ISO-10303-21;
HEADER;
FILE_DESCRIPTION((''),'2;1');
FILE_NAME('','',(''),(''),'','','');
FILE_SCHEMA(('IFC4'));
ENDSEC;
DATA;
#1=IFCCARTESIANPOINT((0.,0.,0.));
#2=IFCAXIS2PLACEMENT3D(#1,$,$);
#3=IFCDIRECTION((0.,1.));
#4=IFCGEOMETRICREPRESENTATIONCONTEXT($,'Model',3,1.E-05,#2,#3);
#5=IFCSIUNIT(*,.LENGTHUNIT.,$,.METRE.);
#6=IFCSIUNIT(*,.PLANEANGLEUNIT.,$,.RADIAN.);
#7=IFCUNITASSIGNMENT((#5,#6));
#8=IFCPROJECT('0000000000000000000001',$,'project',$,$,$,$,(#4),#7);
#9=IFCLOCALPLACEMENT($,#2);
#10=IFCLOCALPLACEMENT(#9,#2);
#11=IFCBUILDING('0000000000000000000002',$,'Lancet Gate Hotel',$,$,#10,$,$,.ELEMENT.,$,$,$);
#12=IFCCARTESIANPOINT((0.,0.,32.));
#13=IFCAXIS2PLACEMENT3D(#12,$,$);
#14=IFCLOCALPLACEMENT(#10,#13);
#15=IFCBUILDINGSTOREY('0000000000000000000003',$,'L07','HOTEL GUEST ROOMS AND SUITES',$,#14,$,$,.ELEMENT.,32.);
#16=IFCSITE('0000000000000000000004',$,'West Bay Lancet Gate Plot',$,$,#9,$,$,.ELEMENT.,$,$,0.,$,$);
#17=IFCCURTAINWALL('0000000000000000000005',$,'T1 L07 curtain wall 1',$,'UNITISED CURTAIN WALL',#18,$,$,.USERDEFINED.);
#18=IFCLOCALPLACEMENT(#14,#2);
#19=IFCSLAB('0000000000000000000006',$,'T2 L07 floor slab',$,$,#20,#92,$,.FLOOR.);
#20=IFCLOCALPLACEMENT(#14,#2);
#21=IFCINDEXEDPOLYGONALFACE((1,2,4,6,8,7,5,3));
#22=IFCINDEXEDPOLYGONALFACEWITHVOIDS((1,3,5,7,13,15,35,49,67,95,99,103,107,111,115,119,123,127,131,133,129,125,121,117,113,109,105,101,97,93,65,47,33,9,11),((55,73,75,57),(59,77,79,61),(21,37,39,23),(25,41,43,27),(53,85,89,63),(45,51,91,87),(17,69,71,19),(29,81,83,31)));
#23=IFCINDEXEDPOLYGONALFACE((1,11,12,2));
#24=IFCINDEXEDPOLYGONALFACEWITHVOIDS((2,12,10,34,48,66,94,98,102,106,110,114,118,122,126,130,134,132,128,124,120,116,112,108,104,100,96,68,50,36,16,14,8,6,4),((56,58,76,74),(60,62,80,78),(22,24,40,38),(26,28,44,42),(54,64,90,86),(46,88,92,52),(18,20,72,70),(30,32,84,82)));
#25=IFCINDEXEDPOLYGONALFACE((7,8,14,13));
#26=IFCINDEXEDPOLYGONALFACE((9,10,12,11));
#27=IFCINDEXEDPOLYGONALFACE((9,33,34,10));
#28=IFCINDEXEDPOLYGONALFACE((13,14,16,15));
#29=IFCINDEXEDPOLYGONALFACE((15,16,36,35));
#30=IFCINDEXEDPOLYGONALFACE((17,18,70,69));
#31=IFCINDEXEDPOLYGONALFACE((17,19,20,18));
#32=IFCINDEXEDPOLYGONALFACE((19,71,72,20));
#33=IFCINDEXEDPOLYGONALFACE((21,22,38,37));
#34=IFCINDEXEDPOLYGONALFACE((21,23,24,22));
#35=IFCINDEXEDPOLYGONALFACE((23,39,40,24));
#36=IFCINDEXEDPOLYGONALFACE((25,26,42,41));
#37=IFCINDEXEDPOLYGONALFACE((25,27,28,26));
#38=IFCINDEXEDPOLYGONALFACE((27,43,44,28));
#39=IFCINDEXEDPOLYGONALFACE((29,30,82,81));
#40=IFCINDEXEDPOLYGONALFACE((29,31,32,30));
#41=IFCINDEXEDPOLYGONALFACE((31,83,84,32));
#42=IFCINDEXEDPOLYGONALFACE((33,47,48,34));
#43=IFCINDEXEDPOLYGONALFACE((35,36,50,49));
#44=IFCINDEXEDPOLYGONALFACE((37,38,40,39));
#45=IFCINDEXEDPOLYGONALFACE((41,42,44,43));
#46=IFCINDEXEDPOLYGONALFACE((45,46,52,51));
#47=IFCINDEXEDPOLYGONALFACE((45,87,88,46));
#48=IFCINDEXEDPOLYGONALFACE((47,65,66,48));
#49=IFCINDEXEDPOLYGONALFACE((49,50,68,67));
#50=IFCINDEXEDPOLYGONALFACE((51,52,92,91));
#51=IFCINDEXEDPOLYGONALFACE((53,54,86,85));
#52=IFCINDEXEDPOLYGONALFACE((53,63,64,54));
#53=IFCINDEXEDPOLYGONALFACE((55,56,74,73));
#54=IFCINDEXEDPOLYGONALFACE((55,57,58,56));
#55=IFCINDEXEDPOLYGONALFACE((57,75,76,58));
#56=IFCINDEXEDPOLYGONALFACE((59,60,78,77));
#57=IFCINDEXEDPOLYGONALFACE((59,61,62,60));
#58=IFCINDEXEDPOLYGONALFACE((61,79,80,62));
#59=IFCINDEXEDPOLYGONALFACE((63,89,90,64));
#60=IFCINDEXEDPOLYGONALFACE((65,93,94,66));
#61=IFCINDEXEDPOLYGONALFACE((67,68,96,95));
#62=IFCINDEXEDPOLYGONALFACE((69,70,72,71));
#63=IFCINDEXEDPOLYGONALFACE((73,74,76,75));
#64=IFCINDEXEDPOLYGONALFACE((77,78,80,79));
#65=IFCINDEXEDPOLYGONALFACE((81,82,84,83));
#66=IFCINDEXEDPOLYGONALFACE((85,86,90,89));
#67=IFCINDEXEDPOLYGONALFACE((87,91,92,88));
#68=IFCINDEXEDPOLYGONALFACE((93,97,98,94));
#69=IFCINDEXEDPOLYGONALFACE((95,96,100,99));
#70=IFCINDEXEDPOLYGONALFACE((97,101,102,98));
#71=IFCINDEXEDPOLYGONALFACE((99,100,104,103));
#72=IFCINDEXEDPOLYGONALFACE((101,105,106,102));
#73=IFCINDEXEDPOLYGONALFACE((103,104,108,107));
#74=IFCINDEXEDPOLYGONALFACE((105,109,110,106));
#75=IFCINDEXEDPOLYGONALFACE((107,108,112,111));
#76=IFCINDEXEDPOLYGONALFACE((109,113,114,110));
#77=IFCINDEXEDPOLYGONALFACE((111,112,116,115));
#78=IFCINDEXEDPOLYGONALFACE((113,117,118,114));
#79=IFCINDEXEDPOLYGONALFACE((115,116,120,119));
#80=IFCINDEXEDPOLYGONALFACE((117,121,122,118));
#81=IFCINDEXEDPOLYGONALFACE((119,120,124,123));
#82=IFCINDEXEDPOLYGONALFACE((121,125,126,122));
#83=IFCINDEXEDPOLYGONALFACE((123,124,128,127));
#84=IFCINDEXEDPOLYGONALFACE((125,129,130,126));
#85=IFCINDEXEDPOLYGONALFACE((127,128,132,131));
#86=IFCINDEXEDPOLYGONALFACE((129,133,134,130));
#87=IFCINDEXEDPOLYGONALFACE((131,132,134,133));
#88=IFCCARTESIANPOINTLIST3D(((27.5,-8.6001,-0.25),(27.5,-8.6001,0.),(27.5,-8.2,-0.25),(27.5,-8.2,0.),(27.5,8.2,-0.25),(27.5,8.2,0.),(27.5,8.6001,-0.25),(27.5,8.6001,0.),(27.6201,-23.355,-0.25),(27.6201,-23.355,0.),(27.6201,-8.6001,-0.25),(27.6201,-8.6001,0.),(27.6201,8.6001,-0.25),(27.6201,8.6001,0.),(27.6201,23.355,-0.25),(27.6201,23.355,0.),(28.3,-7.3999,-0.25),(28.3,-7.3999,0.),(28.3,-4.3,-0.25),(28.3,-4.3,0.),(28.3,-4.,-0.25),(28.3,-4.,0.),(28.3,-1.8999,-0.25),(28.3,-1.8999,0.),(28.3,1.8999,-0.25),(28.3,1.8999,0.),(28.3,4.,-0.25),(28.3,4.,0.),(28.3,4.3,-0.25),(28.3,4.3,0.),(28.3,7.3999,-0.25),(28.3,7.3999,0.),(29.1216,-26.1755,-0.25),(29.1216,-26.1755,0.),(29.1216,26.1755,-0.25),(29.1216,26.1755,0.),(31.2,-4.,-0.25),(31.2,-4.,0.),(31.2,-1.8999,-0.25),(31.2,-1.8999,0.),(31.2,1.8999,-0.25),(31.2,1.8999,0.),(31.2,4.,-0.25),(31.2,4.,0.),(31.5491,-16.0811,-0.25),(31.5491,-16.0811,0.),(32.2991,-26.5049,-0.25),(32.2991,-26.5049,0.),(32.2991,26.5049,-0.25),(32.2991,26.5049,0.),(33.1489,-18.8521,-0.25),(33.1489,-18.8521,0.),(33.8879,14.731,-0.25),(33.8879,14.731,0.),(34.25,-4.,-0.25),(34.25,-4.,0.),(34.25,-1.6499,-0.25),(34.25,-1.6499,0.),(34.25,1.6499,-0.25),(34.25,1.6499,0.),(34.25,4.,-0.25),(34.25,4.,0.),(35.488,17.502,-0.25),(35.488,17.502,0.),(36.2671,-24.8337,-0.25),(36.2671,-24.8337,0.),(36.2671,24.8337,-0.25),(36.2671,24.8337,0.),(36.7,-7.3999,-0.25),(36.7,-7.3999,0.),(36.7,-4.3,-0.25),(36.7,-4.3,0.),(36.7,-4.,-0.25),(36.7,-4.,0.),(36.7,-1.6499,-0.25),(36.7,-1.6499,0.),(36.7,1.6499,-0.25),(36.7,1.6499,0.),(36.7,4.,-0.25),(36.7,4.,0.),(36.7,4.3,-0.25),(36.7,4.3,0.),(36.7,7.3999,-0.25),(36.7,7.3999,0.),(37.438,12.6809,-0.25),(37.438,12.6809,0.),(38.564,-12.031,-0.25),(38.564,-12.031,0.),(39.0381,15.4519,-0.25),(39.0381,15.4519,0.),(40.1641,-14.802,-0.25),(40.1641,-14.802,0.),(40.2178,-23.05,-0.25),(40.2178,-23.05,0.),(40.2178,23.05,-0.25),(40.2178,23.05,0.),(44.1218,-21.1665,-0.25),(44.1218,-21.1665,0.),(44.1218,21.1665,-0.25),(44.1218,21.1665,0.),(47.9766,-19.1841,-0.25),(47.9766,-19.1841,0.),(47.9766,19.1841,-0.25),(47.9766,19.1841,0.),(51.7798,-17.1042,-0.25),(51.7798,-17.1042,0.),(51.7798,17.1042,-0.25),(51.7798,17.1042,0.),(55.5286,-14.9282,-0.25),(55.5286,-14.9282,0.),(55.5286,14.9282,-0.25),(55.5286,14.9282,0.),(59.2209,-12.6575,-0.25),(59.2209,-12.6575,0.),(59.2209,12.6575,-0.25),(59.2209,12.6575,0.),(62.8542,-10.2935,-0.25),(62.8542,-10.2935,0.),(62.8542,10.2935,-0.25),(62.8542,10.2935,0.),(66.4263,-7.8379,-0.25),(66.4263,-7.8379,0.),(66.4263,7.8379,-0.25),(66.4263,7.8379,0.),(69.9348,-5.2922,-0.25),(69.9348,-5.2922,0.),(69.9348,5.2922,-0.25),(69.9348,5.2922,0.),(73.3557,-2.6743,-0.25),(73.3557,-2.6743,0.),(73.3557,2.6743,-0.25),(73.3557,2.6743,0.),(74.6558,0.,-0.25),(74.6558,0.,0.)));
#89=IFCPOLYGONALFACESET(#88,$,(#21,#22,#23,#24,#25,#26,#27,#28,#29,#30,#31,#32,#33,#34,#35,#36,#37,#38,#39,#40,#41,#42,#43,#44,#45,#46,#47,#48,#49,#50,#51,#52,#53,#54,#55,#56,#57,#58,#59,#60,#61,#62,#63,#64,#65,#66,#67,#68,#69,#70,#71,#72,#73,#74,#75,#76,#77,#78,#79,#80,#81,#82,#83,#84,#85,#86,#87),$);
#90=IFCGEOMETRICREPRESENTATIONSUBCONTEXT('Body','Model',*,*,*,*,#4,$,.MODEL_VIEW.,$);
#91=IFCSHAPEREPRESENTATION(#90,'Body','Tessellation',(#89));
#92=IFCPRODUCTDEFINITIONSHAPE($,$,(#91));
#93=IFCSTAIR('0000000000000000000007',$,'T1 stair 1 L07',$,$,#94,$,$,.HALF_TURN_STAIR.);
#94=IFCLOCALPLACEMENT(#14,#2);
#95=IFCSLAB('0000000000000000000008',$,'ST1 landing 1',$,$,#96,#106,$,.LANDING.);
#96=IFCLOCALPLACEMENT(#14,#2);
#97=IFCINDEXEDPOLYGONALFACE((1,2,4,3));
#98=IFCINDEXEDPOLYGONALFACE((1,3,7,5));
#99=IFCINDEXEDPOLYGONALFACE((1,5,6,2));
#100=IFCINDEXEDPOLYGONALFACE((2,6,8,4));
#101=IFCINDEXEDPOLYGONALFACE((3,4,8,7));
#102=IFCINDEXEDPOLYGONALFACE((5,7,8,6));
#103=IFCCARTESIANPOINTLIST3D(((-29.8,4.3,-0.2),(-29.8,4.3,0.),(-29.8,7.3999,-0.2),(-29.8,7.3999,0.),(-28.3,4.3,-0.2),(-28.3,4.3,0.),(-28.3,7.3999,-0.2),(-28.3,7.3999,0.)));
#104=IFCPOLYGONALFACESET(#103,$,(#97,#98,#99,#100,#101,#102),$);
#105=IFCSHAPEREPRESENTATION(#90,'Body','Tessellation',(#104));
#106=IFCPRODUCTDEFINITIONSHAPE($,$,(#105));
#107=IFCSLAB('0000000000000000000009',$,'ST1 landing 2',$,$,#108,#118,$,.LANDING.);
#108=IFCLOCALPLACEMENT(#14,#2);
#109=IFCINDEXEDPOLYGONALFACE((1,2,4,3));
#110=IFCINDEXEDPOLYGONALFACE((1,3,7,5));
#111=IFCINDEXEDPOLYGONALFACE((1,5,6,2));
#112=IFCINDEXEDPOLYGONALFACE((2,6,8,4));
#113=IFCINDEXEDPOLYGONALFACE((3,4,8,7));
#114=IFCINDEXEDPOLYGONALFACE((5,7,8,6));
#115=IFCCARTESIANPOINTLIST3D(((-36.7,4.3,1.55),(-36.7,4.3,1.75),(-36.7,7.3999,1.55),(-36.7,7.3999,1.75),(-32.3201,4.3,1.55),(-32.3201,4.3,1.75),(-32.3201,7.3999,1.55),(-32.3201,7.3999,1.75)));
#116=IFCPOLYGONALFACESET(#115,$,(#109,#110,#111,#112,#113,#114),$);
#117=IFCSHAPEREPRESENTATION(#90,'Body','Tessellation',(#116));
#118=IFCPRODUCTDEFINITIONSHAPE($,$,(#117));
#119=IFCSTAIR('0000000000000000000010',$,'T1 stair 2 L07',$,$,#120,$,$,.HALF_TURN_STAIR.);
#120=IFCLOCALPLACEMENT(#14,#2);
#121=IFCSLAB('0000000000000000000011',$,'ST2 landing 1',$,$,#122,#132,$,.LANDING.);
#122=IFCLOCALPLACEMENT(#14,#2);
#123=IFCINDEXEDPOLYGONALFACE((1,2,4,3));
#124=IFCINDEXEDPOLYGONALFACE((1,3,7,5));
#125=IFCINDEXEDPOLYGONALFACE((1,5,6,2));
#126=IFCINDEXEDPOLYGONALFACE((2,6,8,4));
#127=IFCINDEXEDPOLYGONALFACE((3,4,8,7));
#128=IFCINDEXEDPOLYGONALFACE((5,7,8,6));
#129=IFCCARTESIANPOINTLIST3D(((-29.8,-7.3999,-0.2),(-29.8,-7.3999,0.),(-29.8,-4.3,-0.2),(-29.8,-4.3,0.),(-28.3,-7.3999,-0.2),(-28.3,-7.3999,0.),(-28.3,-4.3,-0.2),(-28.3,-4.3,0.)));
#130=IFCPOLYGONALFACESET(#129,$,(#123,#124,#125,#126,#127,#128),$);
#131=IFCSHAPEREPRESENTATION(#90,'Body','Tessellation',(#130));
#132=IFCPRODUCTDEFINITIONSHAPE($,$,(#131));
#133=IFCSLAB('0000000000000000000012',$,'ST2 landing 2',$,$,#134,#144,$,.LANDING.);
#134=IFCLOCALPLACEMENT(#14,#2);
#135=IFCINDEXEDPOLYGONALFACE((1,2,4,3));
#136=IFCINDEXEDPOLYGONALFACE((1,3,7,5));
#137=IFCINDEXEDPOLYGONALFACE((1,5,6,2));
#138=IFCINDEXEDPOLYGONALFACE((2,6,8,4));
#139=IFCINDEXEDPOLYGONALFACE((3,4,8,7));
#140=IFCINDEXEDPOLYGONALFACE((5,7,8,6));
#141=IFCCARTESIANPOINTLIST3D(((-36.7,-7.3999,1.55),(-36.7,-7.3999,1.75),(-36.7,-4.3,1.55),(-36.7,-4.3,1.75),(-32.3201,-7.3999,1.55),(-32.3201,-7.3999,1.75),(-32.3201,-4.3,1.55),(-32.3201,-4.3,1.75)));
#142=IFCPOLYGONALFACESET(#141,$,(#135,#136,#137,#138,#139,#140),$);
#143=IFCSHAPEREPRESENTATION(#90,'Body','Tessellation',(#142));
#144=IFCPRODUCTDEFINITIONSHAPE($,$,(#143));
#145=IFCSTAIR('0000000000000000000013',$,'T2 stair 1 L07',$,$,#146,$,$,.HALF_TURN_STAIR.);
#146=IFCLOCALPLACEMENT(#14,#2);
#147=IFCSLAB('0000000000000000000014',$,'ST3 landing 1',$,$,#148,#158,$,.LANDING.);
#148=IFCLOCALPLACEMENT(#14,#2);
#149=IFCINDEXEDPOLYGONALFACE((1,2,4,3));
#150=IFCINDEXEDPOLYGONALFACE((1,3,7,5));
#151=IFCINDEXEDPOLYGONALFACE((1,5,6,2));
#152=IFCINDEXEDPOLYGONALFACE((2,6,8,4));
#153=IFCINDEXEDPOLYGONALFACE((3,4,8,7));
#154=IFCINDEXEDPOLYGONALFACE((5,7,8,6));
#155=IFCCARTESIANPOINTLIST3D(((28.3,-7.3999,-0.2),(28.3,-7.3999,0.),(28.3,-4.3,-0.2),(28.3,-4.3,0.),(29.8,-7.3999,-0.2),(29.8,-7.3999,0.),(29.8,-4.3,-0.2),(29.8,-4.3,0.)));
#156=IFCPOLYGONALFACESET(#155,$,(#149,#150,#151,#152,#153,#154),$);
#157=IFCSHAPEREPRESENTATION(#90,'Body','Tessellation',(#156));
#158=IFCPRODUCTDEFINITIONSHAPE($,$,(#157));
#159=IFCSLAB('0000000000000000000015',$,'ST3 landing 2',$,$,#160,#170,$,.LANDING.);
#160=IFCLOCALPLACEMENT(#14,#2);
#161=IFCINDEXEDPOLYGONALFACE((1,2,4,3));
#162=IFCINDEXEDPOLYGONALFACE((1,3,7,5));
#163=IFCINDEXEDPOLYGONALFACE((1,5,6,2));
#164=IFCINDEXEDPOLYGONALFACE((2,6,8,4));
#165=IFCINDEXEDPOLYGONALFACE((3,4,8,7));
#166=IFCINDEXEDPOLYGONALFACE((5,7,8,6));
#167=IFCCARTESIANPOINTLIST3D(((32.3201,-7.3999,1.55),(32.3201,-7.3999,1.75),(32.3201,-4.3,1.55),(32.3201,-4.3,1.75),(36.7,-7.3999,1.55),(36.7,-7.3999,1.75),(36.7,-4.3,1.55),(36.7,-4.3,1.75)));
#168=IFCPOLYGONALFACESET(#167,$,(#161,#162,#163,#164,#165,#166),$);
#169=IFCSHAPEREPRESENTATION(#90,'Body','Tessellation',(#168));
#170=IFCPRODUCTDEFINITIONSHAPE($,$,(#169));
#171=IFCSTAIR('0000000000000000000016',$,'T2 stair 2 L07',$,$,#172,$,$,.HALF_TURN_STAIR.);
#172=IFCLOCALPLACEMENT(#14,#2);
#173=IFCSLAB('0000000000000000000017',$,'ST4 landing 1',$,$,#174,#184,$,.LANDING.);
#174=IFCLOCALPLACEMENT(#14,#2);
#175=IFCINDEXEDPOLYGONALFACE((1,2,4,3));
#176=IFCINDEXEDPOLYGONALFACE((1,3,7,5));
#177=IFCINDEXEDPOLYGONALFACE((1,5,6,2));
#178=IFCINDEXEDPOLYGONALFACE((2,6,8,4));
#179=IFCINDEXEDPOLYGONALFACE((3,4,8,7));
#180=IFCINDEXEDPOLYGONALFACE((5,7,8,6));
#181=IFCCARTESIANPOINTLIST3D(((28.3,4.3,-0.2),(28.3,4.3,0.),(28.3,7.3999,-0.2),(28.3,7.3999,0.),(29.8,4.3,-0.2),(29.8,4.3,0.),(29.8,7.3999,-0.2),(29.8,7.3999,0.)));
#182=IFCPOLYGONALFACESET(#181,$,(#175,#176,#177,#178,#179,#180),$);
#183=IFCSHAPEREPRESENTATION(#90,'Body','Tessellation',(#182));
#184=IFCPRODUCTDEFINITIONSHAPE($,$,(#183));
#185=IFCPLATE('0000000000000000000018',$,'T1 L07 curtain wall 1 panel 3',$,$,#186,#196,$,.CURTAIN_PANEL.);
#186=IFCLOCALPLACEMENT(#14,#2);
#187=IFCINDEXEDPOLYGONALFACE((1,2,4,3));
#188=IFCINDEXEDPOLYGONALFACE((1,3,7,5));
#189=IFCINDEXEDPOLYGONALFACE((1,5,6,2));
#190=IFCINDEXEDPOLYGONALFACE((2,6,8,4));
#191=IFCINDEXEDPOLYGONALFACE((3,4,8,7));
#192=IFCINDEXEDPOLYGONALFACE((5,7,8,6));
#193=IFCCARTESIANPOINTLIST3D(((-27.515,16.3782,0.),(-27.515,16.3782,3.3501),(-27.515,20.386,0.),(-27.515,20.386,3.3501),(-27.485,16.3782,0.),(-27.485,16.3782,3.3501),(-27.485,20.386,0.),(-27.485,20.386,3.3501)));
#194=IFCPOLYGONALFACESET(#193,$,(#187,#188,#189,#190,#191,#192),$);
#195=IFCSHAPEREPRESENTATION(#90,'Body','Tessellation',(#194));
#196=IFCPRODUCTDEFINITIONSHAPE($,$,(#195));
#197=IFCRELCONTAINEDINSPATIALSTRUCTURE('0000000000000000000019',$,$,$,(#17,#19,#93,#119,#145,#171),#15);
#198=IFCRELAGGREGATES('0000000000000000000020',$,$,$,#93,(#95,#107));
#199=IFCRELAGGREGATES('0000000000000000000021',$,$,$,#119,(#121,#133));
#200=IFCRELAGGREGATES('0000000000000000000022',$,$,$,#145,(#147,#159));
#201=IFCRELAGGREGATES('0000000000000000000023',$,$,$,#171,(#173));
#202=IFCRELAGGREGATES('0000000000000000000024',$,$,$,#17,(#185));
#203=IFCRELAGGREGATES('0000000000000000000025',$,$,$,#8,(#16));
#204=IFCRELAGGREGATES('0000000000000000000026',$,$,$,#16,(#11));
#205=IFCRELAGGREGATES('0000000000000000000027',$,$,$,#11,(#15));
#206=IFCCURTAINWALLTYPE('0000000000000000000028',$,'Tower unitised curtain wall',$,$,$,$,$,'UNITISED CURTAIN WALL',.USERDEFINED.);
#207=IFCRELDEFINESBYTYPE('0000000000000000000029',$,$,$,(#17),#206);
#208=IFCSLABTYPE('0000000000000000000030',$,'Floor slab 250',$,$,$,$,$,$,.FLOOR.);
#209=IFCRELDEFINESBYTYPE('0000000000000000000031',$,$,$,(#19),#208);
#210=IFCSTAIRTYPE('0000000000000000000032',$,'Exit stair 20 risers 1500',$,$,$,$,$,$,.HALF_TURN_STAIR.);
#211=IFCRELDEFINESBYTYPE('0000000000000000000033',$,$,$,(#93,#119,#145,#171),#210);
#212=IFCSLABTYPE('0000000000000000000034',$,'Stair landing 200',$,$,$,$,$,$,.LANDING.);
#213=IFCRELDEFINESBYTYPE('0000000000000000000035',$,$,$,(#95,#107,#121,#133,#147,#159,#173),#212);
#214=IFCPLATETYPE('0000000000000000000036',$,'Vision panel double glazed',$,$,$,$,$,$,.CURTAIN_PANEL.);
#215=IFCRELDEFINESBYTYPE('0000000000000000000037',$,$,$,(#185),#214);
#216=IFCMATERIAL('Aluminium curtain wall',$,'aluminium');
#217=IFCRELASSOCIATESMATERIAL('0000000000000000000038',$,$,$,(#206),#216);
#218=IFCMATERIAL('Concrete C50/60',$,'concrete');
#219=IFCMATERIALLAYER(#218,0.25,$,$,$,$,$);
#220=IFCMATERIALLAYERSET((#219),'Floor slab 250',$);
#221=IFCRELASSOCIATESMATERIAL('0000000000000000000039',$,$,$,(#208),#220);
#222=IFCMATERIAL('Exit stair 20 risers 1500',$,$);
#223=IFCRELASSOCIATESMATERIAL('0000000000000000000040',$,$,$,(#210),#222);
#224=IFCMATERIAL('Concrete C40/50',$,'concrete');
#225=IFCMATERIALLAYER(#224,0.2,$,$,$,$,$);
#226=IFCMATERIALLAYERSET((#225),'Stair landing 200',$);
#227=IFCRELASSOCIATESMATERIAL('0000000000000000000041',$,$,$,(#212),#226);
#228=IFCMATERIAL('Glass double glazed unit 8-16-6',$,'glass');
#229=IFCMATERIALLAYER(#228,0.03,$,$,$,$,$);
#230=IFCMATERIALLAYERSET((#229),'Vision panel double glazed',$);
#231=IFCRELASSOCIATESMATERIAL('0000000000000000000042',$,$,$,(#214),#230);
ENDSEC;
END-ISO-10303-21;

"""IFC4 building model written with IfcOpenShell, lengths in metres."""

from ifc_helpers import new_model, si_unit, direction, frame, origin, origin_2d, place, context, subcontext, project, spatial, polyline, rectangle, outline, extrude, material, layer, layer_set, type_object, element, aggregate, save


model = new_model("IFC4")

# Units and contexts
model_context = context("Model", 3, precision=1e-05, world=origin(), true_north=direction((0.0, 1.0)))
body_context = subcontext(model_context, "Body", "Model", "MODEL_VIEW")
ifc_project = project(units=[si_unit("LENGTHUNIT", "METRE"), si_unit("PLANEANGLEUNIT", "RADIAN")], contexts=[model_context])

# Site, building, storey
site_placement = place(None, origin())
site = spatial("IfcSite", under=ifc_project, at=site_placement, Name="West Bay Lancet Gate Plot", CompositionType="ELEMENT", RefElevation=0.0)
building_placement = place(site_placement, origin())
building = spatial("IfcBuilding", under=site, at=building_placement, Name="Lancet Gate Hotel", CompositionType="ELEMENT")
storey_placement = place(building_placement, frame((0.0, 0.0, 32.0)))
storey = spatial("IfcBuildingStorey", under=building, at=storey_placement, Name="L07", Description="HOTEL GUEST ROOMS AND SUITES", CompositionType="ELEMENT", Elevation=32.0)

# Curtain wall
ifc_material_1 = material(Name="Aluminium curtain wall", Category="aluminium")
curtain_wall_type = type_object("IfcCurtainWallType", Name="Tower unitised curtain wall", ElementType="UNITISED CURTAIN WALL", PredefinedType="USERDEFINED", material=ifc_material_1)
curtain_wall_placement = place(storey_placement, origin())
curtain_wall = element("IfcCurtainWall", 1, at=curtain_wall_placement, inside=storey, type_object=curtain_wall_type, Name="T1 L07 curtain wall 1", ObjectType="UNITISED CURTAIN WALL", PredefinedType="USERDEFINED")

# Slab
ifc_material_2 = material(Name="Concrete C50/60", Category="concrete")
ifc_layer_1 = layer(ifc_material_2, 0.25)
ifc_layer_set_1 = layer_set([ifc_layer_1], Name="Floor slab 250")
slab_type_1 = type_object("IfcSlabType", Name="Floor slab 250", PredefinedType="FLOOR", material=ifc_layer_set_1)
slab_1_placement = place(storey_placement, frame((0.0, 0.0, -0.25)))
element("IfcSlab", 2, at=slab_1_placement, inside=storey, type_object=slab_type_1, Name="T2 L07 floor slab", PredefinedType="FLOOR", context=body_context, shape_type="SweptSolid", body=[
    extrude(outline(polyline([(27.5, -8.6001), (27.6201, -8.6001), (27.6201, -23.355), (29.1216, -26.1755), (32.2991, -26.5049), (36.2671, -24.8337), (40.2178, -23.05), (44.1218, -21.1665), (47.9766, -19.1841), (51.7798, -17.1042), (55.5286, -14.9282), (59.2209, -12.6575), (62.8542, -10.2935), (66.4263, -7.8379), (69.9348, -5.2922), (73.3557, -2.6743), (74.6558, 0.0), (73.3557, 2.6743), (69.9348, 5.2922), (66.4263, 7.8379), (62.8542, 10.2935), (59.2209, 12.6575), (55.5286, 14.9282), (51.7798, 17.1042), (47.9766, 19.1841), (44.1218, 21.1665), (40.2178, 23.05), (36.2671, 24.8337), (32.2991, 26.5049), (29.1216, 26.1755), (27.6201, 23.355), (27.6201, 8.6001), (27.5, 8.6001), (27.5, 8.2), (27.5, -8.2), (27.5, -8.6001)]), holes=[polyline([(36.7, -7.3999), (36.7, -4.3), (28.3, -4.3), (28.3, -7.3999), (36.7, -7.3999)]), polyline([(28.3, -4.0), (31.2, -4.0), (31.2, -1.8999), (28.3, -1.8999), (28.3, -4.0)]), polyline([(34.25, -4.0), (36.7, -4.0), (36.7, -1.6499), (34.25, -1.6499), (34.25, -4.0)]), polyline([(36.7, 1.6499), (36.7, 4.0), (34.25, 4.0), (34.25, 1.6499), (36.7, 1.6499)]), polyline([(28.3, 1.8999), (31.2, 1.8999), (31.2, 4.0), (28.3, 4.0), (28.3, 1.8999)]), polyline([(28.3, 4.3), (36.7, 4.3), (36.7, 7.3999), (28.3, 7.3999), (28.3, 4.3)]), polyline([(31.5491, -16.0811), (33.1489, -18.8521), (40.1641, -14.802), (38.564, -12.031), (31.5491, -16.0811)]), polyline([(33.8879, 14.731), (37.438, 12.6809), (39.0381, 15.4519), (35.488, 17.502), (33.8879, 14.731)])]), origin(), (0.0, 0.0, 1.0), 0.25),
])

# Stairs, slabs
ifc_material_3 = material(Name="Exit stair 20 risers 1500")
stair_type = type_object("IfcStairType", Name="Exit stair 20 risers 1500", PredefinedType="HALF_TURN_STAIR", material=ifc_material_3)
stair_1_placement = place(storey_placement, origin())
stair_1 = element("IfcStair", 3, at=stair_1_placement, inside=storey, type_object=stair_type, Name="T1 stair 1 L07", PredefinedType="HALF_TURN_STAIR")
ifc_material_4 = material(Name="Concrete C40/50", Category="concrete")
ifc_layer_2 = layer(ifc_material_4, 0.2)
ifc_layer_set_2 = layer_set([ifc_layer_2], Name="Stair landing 200")
slab_type_2 = type_object("IfcSlabType", Name="Stair landing 200", PredefinedType="LANDING", material=ifc_layer_set_2)
slab_2_placement = place(storey_placement, frame((0.0, 0.0, -0.2)))
slab_2 = element("IfcSlab", 4, at=slab_2_placement, type_object=slab_type_2, Name="ST1 landing 1", PredefinedType="LANDING", context=body_context, shape_type="SweptSolid", body=[
    extrude(outline(polyline([(-28.3, 7.3999), (-29.8, 7.3999), (-29.8, 4.3), (-28.3, 4.3), (-28.3, 7.3999)])), origin(), (0.0, 0.0, 1.0), 0.2),
])
slab_3_placement = place(storey_placement, frame((0.0, 0.0, 1.55)))
slab_3 = element("IfcSlab", 5, at=slab_3_placement, type_object=slab_type_2, Name="ST1 landing 2", PredefinedType="LANDING", context=body_context, shape_type="SweptSolid", body=[
    extrude(outline(polyline([(-32.3201, 7.3999), (-36.7, 7.3999), (-36.7, 4.3), (-32.3201, 4.3), (-32.3201, 7.3999)])), origin(), (0.0, 0.0, 1.0), 0.2),
])
aggregate(stair_1, [slab_2, slab_3])
stair_2_placement = place(storey_placement, origin())
stair_2 = element("IfcStair", 6, at=stair_2_placement, inside=storey, type_object=stair_type, Name="T1 stair 2 L07", PredefinedType="HALF_TURN_STAIR")
slab_4_placement = place(storey_placement, frame((0.0, 0.0, -0.2)))
slab_4 = element("IfcSlab", 7, at=slab_4_placement, type_object=slab_type_2, Name="ST2 landing 1", PredefinedType="LANDING", context=body_context, shape_type="SweptSolid", body=[
    extrude(outline(polyline([(-28.3, -4.3), (-29.8, -4.3), (-29.8, -7.3999), (-28.3, -7.3999), (-28.3, -4.3)])), origin(), (0.0, 0.0, 1.0), 0.2),
])
slab_5_placement = place(storey_placement, frame((0.0, 0.0, 1.55)))
slab_5 = element("IfcSlab", 8, at=slab_5_placement, type_object=slab_type_2, Name="ST2 landing 2", PredefinedType="LANDING", context=body_context, shape_type="SweptSolid", body=[
    extrude(outline(polyline([(-32.3201, -4.3), (-36.7, -4.3), (-36.7, -7.3999), (-32.3201, -7.3999), (-32.3201, -4.3)])), origin(), (0.0, 0.0, 1.0), 0.2),
])
aggregate(stair_2, [slab_4, slab_5])
stair_3_placement = place(storey_placement, origin())
stair_3 = element("IfcStair", 9, at=stair_3_placement, inside=storey, type_object=stair_type, Name="T2 stair 1 L07", PredefinedType="HALF_TURN_STAIR")
slab_6_placement = place(storey_placement, frame((0.0, 0.0, -0.2)))
slab_6 = element("IfcSlab", 10, at=slab_6_placement, type_object=slab_type_2, Name="ST3 landing 1", PredefinedType="LANDING", context=body_context, shape_type="SweptSolid", body=[
    extrude(outline(polyline([(28.3, -7.3999), (29.8, -7.3999), (29.8, -4.3), (28.3, -4.3), (28.3, -7.3999)])), origin(), (0.0, 0.0, 1.0), 0.2),
])
slab_7_placement = place(storey_placement, frame((0.0, 0.0, 1.55)))
slab_7 = element("IfcSlab", 11, at=slab_7_placement, type_object=slab_type_2, Name="ST3 landing 2", PredefinedType="LANDING", context=body_context, shape_type="SweptSolid", body=[
    extrude(outline(polyline([(32.3201, -7.3999), (36.7, -7.3999), (36.7, -4.3), (32.3201, -4.3), (32.3201, -7.3999)])), origin(), (0.0, 0.0, 1.0), 0.2),
])
aggregate(stair_3, [slab_6, slab_7])

# Stair, slab
stair_4_placement = place(storey_placement, origin())
stair_4 = element("IfcStair", 12, at=stair_4_placement, inside=storey, type_object=stair_type, Name="T2 stair 2 L07", PredefinedType="HALF_TURN_STAIR")
slab_8_placement = place(storey_placement, frame((0.0, 0.0, -0.2)))
slab_8 = element("IfcSlab", 13, at=slab_8_placement, type_object=slab_type_2, Name="ST4 landing 1", PredefinedType="LANDING", context=body_context, shape_type="SweptSolid", body=[
    extrude(outline(polyline([(28.3, 4.3), (29.8, 4.3), (29.8, 7.3999), (28.3, 7.3999), (28.3, 4.3)])), origin(), (0.0, 0.0, 1.0), 0.2),
])
aggregate(stair_4, [slab_8])

# Plate
ifc_material_5 = material(Name="Glass double glazed unit 8-16-6", Category="glass")
ifc_layer_3 = layer(ifc_material_5, 0.03)
ifc_layer_set_3 = layer_set([ifc_layer_3], Name="Vision panel double glazed")
plate_type = type_object("IfcPlateType", Name="Vision panel double glazed", PredefinedType="CURTAIN_PANEL", material=ifc_layer_set_3)
plate_1_placement = place(storey_placement, frame((-27.5, 18.3821, 0.0), z_axis=(0.0, 0.0, 1.0), x_axis=(0.0, 1.0, 0.0)))
plate_1 = element("IfcPlate", 14, at=plate_1_placement, type_object=plate_type, Name="T1 L07 curtain wall 1 panel 3", PredefinedType="CURTAIN_PANEL", context=body_context, shape_type="SweptSolid", body=[
    extrude(rectangle(XDim=4.0078, YDim=0.03, at=origin_2d()), origin(), (0.0, 0.0, 1.0), 3.3501),
])
aggregate(curtain_wall, [plate_1])

save(model, "model.ifc")
